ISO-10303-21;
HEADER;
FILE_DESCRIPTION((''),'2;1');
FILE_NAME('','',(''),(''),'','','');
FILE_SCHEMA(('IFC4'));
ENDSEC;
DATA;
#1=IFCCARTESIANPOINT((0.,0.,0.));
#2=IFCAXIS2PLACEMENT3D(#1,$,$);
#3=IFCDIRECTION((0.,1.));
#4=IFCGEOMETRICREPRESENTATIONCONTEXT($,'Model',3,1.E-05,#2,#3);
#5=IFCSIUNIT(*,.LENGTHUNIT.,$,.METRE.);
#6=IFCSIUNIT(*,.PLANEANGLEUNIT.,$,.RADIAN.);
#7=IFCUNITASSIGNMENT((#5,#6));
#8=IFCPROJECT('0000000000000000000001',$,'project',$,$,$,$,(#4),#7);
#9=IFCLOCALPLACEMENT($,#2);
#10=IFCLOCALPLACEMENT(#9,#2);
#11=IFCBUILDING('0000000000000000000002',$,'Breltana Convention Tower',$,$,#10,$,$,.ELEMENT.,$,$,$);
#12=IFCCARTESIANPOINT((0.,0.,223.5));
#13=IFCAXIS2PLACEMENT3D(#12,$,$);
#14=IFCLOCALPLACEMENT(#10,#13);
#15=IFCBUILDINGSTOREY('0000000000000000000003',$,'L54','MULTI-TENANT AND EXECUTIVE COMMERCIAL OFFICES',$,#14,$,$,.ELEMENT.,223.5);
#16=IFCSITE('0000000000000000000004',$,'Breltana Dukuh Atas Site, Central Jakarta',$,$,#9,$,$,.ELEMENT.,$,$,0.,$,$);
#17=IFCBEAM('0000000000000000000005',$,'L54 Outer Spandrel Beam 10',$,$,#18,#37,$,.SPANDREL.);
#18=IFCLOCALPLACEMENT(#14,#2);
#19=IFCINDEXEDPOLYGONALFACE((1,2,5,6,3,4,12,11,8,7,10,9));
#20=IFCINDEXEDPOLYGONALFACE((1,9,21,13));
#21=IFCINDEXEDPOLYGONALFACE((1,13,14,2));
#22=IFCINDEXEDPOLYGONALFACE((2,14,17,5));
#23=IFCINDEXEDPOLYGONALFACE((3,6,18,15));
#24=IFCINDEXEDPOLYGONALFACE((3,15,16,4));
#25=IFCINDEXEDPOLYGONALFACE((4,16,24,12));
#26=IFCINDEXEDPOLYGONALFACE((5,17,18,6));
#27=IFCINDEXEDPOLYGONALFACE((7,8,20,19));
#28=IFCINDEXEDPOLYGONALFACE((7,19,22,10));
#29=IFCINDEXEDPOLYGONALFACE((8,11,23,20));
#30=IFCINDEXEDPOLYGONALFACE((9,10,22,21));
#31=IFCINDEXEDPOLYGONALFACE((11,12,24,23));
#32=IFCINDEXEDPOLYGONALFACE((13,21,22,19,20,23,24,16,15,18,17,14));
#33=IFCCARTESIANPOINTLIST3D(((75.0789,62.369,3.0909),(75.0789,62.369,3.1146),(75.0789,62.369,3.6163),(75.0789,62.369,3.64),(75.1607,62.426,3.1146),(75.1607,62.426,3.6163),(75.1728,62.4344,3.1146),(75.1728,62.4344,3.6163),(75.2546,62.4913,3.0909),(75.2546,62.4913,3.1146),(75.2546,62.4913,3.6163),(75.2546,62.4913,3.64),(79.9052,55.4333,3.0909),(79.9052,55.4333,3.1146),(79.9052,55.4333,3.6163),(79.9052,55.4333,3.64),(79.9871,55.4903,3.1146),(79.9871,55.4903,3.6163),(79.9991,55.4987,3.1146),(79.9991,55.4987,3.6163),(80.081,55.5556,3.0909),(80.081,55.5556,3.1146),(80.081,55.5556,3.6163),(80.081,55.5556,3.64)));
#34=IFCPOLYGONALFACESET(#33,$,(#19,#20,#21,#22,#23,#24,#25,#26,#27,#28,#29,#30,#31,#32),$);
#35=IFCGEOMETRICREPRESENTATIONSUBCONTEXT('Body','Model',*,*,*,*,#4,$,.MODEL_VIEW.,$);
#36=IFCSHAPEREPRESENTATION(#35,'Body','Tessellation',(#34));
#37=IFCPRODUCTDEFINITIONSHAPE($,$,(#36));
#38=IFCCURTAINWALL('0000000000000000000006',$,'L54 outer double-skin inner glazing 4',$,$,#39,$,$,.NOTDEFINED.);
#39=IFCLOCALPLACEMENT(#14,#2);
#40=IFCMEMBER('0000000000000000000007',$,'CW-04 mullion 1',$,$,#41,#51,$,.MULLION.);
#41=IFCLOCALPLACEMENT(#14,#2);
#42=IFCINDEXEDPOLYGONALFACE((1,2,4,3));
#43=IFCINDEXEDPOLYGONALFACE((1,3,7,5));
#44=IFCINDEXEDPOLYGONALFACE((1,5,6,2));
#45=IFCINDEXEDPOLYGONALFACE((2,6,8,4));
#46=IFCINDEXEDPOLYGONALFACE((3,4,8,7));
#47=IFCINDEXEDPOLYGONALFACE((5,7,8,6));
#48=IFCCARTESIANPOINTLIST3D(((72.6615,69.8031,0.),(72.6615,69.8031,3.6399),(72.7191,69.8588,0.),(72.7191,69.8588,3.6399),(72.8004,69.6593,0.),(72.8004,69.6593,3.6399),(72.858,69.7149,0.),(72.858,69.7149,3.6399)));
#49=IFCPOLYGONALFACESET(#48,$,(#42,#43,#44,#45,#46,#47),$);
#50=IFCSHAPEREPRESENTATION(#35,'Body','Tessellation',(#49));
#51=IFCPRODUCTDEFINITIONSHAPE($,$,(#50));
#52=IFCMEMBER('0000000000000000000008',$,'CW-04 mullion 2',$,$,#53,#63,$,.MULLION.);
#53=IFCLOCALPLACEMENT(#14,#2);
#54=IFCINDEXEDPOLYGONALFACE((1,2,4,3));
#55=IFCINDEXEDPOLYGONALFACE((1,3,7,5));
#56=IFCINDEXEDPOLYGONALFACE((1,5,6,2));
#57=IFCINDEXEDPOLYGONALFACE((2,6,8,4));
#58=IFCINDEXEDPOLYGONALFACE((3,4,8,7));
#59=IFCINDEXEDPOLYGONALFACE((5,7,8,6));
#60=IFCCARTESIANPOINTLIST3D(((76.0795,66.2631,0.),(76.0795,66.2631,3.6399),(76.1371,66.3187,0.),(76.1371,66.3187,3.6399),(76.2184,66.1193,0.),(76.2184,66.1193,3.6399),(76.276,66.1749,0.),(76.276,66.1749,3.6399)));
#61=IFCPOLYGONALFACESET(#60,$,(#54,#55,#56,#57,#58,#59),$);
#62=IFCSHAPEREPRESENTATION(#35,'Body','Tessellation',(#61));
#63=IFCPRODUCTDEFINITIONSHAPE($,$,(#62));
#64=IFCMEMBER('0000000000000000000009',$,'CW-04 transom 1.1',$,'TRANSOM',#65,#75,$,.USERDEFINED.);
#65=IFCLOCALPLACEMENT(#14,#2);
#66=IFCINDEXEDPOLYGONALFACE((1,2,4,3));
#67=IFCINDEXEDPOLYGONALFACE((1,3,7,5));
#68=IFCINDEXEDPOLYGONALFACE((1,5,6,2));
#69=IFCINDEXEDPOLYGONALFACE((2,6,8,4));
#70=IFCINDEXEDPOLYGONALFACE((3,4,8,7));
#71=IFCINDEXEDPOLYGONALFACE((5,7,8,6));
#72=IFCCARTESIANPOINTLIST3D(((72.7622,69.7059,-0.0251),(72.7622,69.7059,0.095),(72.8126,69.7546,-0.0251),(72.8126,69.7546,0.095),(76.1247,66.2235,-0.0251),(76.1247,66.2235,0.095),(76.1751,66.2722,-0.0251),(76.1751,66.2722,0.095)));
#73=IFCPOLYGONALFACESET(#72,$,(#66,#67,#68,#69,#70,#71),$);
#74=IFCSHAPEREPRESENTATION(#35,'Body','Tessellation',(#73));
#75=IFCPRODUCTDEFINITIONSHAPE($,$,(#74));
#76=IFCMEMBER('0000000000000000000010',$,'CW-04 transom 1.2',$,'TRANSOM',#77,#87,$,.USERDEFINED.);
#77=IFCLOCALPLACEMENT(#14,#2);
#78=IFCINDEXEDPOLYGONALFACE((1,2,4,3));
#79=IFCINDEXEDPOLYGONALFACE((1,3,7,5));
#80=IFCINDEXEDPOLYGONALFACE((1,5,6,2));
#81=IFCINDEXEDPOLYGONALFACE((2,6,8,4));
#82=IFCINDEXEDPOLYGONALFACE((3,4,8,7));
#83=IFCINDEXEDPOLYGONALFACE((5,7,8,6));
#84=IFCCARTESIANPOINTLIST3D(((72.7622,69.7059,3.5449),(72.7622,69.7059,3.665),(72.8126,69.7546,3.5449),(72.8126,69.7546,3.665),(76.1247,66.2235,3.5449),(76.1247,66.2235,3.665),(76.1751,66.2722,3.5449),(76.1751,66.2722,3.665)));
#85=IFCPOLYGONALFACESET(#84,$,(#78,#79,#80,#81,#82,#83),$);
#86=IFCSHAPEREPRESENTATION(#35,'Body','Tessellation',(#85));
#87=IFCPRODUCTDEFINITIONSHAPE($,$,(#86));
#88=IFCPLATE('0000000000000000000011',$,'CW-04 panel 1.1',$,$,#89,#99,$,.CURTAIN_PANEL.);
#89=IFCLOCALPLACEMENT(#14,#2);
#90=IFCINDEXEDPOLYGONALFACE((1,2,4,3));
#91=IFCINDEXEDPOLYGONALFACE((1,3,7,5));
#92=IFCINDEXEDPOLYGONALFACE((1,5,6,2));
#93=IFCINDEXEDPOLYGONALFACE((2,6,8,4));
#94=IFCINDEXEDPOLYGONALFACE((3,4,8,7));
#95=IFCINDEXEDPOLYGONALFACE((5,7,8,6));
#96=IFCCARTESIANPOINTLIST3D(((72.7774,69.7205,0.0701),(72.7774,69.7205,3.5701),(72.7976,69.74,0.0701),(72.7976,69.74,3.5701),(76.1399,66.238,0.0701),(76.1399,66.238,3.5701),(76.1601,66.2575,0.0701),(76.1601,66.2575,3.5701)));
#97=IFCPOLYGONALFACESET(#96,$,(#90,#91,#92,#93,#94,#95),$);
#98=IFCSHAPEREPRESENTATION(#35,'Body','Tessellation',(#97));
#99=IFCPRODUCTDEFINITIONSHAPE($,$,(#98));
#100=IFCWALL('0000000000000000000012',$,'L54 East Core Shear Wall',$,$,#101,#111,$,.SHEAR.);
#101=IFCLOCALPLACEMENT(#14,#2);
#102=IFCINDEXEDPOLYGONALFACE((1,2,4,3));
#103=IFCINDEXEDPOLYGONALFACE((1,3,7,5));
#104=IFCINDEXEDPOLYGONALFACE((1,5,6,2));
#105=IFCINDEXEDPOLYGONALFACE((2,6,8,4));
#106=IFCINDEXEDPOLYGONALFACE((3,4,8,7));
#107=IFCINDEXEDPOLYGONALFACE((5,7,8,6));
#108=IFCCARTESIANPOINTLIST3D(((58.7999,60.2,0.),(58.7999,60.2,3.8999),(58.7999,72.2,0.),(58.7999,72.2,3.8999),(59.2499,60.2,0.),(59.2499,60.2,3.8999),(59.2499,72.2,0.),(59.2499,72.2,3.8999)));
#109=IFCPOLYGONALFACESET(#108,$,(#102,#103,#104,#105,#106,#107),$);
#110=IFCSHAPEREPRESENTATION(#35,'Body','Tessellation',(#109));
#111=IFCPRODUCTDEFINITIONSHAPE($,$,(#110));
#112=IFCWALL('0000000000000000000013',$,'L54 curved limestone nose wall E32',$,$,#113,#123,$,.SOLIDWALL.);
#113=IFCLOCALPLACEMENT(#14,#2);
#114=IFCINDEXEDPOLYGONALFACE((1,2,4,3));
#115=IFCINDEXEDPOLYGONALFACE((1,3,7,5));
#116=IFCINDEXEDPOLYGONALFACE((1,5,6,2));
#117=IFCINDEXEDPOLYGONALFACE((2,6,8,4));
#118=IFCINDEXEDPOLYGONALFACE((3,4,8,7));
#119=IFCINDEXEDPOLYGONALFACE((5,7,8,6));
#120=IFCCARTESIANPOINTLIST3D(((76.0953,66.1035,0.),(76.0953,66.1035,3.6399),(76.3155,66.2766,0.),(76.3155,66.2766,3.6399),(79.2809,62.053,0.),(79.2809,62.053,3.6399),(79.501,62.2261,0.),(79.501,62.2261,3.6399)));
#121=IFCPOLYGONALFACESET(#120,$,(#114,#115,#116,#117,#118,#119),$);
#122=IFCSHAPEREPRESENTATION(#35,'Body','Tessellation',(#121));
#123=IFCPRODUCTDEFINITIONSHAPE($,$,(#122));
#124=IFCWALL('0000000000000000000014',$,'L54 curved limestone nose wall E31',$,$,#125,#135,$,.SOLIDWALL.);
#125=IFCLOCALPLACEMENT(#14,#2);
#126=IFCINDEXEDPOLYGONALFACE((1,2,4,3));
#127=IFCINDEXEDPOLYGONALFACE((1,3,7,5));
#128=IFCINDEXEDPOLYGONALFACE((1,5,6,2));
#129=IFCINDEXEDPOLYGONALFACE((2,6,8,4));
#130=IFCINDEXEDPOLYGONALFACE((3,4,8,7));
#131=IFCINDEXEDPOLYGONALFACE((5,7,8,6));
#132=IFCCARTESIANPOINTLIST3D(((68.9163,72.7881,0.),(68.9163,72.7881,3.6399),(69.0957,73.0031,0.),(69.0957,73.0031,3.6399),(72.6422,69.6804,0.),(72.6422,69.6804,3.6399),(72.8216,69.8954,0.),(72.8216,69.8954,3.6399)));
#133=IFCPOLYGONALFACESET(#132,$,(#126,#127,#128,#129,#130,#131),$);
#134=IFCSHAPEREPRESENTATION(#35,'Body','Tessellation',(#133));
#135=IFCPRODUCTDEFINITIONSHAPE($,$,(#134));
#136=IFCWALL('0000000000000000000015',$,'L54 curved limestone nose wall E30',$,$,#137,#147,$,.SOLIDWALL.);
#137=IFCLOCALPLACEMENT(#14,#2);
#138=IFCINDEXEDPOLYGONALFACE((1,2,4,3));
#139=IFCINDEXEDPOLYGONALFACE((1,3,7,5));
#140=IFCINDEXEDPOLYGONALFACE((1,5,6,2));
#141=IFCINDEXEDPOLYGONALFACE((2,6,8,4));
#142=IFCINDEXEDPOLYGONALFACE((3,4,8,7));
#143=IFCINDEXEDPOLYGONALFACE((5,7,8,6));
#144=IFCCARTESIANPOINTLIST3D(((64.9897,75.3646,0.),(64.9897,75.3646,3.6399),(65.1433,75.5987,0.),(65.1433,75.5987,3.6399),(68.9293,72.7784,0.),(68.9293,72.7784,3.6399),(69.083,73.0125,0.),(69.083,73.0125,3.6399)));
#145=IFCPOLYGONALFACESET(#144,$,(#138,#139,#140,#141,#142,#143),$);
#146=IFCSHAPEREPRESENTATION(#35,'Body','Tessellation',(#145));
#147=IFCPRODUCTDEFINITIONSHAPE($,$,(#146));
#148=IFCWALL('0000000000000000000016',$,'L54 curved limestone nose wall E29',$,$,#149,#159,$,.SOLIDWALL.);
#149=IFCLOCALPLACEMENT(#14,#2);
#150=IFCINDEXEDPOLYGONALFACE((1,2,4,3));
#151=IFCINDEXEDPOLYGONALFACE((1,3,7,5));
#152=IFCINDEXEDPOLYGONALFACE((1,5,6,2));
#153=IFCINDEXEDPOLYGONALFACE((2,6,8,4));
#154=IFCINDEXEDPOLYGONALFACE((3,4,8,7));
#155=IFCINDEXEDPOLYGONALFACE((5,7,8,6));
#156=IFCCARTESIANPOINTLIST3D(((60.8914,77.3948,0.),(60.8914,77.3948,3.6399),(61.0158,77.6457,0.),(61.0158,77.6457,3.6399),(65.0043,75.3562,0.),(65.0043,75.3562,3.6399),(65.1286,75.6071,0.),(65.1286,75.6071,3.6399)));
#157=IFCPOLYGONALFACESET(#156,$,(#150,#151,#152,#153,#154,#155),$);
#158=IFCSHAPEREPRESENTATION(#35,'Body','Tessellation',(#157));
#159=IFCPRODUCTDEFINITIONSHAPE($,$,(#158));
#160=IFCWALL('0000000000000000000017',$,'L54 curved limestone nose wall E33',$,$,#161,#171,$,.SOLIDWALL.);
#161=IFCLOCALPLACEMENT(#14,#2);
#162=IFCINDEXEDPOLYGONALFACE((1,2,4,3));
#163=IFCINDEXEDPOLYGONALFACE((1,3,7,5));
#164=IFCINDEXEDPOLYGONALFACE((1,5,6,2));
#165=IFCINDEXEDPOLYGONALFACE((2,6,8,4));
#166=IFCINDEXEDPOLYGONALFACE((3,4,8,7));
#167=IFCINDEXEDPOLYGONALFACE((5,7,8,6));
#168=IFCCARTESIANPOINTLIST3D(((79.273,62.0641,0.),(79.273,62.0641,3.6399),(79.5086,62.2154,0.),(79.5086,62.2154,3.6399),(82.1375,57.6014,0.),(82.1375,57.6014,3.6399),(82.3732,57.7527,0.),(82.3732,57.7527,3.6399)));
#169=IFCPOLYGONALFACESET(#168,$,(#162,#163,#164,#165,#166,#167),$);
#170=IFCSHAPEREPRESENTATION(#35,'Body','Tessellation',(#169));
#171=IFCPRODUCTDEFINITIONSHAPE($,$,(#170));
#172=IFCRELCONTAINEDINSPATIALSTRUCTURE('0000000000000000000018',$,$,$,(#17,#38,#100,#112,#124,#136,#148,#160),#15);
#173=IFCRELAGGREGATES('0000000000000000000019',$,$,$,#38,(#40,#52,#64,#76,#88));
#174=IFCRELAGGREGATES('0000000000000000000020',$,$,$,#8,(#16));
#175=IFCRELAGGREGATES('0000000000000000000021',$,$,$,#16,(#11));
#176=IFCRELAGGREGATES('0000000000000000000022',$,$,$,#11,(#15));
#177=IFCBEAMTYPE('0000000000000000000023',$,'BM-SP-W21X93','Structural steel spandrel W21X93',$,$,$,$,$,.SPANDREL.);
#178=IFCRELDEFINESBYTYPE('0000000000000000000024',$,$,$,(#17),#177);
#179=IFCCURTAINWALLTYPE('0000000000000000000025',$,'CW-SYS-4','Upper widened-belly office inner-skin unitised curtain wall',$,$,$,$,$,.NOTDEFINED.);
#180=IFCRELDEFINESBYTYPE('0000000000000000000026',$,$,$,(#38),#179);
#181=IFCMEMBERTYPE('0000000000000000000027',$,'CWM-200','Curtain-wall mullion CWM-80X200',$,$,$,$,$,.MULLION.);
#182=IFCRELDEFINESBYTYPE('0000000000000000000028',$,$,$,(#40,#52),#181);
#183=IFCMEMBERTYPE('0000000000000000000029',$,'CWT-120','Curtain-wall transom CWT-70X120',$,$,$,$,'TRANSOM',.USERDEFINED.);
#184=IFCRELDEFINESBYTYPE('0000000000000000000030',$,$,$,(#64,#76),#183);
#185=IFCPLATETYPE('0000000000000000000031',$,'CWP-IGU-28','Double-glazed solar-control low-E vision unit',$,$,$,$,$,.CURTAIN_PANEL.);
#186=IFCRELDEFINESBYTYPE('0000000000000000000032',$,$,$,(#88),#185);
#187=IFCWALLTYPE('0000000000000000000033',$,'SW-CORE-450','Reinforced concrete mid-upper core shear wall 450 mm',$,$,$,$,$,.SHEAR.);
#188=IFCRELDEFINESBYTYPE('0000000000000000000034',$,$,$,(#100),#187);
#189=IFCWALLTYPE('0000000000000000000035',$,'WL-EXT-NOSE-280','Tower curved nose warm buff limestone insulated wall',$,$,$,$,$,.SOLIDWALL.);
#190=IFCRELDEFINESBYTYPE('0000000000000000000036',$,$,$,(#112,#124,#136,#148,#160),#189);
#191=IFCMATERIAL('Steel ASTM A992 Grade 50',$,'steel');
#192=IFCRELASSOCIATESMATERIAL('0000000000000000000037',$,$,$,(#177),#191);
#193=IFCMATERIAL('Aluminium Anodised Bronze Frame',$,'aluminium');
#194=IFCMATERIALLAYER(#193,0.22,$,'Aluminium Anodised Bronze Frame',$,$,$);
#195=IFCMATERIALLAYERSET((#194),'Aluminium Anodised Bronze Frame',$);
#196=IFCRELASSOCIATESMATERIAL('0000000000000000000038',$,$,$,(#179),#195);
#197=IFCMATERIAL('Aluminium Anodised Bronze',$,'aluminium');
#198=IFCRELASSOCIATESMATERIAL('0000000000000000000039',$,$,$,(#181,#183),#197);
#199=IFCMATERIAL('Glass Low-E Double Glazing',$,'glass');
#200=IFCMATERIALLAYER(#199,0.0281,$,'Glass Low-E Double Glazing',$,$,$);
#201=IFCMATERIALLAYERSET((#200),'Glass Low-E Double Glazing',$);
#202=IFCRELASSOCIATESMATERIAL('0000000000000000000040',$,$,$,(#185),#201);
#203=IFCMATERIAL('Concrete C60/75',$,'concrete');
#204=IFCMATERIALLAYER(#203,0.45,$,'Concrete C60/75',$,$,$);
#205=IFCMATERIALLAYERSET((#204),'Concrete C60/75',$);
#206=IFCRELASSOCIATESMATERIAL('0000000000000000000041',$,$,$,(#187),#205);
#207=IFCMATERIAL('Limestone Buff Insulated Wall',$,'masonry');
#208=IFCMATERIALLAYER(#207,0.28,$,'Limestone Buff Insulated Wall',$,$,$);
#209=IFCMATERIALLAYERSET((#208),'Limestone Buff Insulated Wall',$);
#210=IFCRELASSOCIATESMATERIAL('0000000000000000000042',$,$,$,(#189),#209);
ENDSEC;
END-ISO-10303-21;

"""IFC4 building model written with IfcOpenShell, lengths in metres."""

from ifc_helpers import new_model, si_unit, direction, frame, frame_2d, origin, origin_2d, place, context, subcontext, project, spatial, rectangle, i_section, extrude, source, transform, mapped, material, layer, layer_set, material_profile, profile_set, type_object, element, aggregate, save


model = new_model("IFC4")

# Units and contexts
model_context = context("Model", 3, precision=1e-05, world=origin(), true_north=direction((0.0, 1.0)))
body_context = subcontext(model_context, "Body", "Model", "MODEL_VIEW")
ifc_project = project(units=[si_unit("LENGTHUNIT", "METRE"), si_unit("PLANEANGLEUNIT", "RADIAN")], contexts=[model_context])

# Site, building, storey
site_placement = place(None, origin())
site = spatial("IfcSite", under=ifc_project, at=site_placement, Name="Breltana Dukuh Atas Site, Central Jakarta", CompositionType="ELEMENT", RefElevation=0.0)
building_placement = place(site_placement, origin())
building = spatial("IfcBuilding", under=site, at=building_placement, Name="Breltana Convention Tower", CompositionType="ELEMENT")
storey_placement = place(building_placement, frame((0.0, 0.0, 223.5)))
storey = spatial("IfcBuildingStorey", under=building, at=storey_placement, Name="L54", Description="MULTI-TENANT AND EXECUTIVE COMMERCIAL OFFICES", CompositionType="ELEMENT", Elevation=223.5)

# Beam
ifc_material_1 = material(Name="Steel ASTM A992 Grade 50", Category="steel")
ifc_material_profile_1 = material_profile(ifc_material_1, i_section(OverallWidth=0.2141, OverallDepth=0.5491, WebThickness=0.0146, FlangeThickness=0.0237, at=origin_2d()), Name="W21X93")
ifc_profile_set_1 = profile_set([ifc_material_profile_1], Name="Steel ASTM A992 Grade 50")
beam_type_1 = type_object("IfcBeamType", Name="BM-SP-W21X93", Description="Structural steel spandrel W21X93", PredefinedType="SPANDREL", material=ifc_profile_set_1)
shared_shape_1 = source(origin(), body_context, "Body", "SweptSolid", [
    extrude(i_section(OverallWidth=0.2141, OverallDepth=0.5491, WebThickness=0.0146, FlangeThickness=0.0237, at=origin_2d()), origin(), (0.0, 0.0, 1.0), 8.4497),
])
beam_1_placement = place(storey_placement, frame((75.1667, 62.4302, 3.3655), z_axis=(0.571186, -0.820821, 0.0), x_axis=(0.820821, 0.571186, 0.0)))
element("IfcBeam", 1, at=beam_1_placement, inside=storey, type_object=beam_type_1, Name="L54 Outer Spandrel Beam 10", PredefinedType="SPANDREL", context=body_context, shape_type="MappedRepresentation", body=[
    mapped(shared_shape_1, transform((0.0, 0.0, 0.0), scale=1.0)),
])

# Curtain wall, members, plate
ifc_material_2 = material(Name="Aluminium Anodised Bronze Frame", Category="aluminium")
ifc_layer_1 = layer(ifc_material_2, 0.22, Name="Aluminium Anodised Bronze Frame")
ifc_layer_set_1 = layer_set([ifc_layer_1], Name="Aluminium Anodised Bronze Frame")
curtain_wall_type = type_object("IfcCurtainWallType", Name="CW-SYS-4", Description="Upper widened-belly office inner-skin unitised curtain wall", PredefinedType="NOTDEFINED", material=ifc_layer_set_1)
curtain_wall_placement = place(storey_placement, origin())
curtain_wall = element("IfcCurtainWall", 2, at=curtain_wall_placement, inside=storey, type_object=curtain_wall_type, Name="L54 outer double-skin inner glazing 4", PredefinedType="NOTDEFINED")
ifc_material_3 = material(Name="Aluminium Anodised Bronze", Category="aluminium")
ifc_material_profile_2 = material_profile(ifc_material_3, rectangle(XDim=0.0801, YDim=0.2, at=origin_2d()), Name="CWM-80X200")
ifc_profile_set_2 = profile_set([ifc_material_profile_2], Name="Aluminium Anodised Bronze")
member_type_1 = type_object("IfcMemberType", Name="CWM-200", Description="Curtain-wall mullion CWM-80X200", PredefinedType="MULLION", material=ifc_profile_set_2)
shared_shape_2 = source(origin(), body_context, "Body", "SweptSolid", [
    extrude(rectangle(XDim=0.0801, YDim=0.2, at=origin_2d()), origin(), (0.0, 0.0, 1.0), 3.6399),
])
member_1_placement = place(storey_placement, frame((72.7598, 69.759, 0.0), z_axis=(0.0, 0.0, 1.0), x_axis=(0.719396, 0.6946, 0.0)))
member_1 = element("IfcMember", 3, at=member_1_placement, type_object=member_type_1, Name="CW-04 mullion 1", PredefinedType="MULLION", context=body_context, shape_type="MappedRepresentation", body=[
    mapped(shared_shape_2, transform((0.0, 0.0, 0.0), scale=1.0)),
])
member_2_placement = place(storey_placement, frame((76.1777, 66.219, 0.0), z_axis=(0.0, 0.0, 1.0), x_axis=(0.719396, 0.6946, 0.0)))
member_2 = element("IfcMember", 4, at=member_2_placement, type_object=member_type_1, Name="CW-04 mullion 2", PredefinedType="MULLION", context=body_context, shape_type="MappedRepresentation", body=[
    mapped(shared_shape_2, transform((0.0, 0.0, 0.0), scale=1.0)),
])
ifc_material_profile_3 = material_profile(ifc_material_3, rectangle(XDim=0.0701, YDim=0.1201, at=origin_2d()), Name="CWT-70X120")
ifc_profile_set_3 = profile_set([ifc_material_profile_3], Name="Aluminium Anodised Bronze")
member_type_2 = type_object("IfcMemberType", Name="CWT-120", Description="Curtain-wall transom CWT-70X120", ElementType="TRANSOM", PredefinedType="USERDEFINED", material=ifc_profile_set_3)
shared_shape_3 = source(origin(), body_context, "Body", "SweptSolid", [
    extrude(rectangle(XDim=0.0701, YDim=0.1201, at=origin_2d()), origin(), (0.0, 0.0, 1.0), 4.8408),
])
member_3_placement = place(storey_placement, frame((72.7874, 69.7302, 0.0349), z_axis=(0.694617, -0.71938, 0.0), x_axis=(0.71938, 0.694617, 0.0)))
member_3 = element("IfcMember", 5, at=member_3_placement, type_object=member_type_2, Name="CW-04 transom 1.1", ObjectType="TRANSOM", PredefinedType="USERDEFINED", context=body_context, shape_type="MappedRepresentation", body=[
    mapped(shared_shape_3, transform((0.0, 0.0, 0.0), scale=1.0)),
])
member_4_placement = place(storey_placement, frame((72.7874, 69.7302, 3.605), z_axis=(0.694617, -0.71938, 0.0), x_axis=(0.71938, 0.694617, 0.0)))
member_4 = element("IfcMember", 6, at=member_4_placement, type_object=member_type_2, Name="CW-04 transom 1.2", ObjectType="TRANSOM", PredefinedType="USERDEFINED", context=body_context, shape_type="MappedRepresentation", body=[
    mapped(shared_shape_3, transform((0.0, 0.0, 0.0), scale=1.0)),
])
ifc_material_4 = material(Name="Glass Low-E Double Glazing", Category="glass")
ifc_layer_2 = layer(ifc_material_4, 0.0281, Name="Glass Low-E Double Glazing")
ifc_layer_set_2 = layer_set([ifc_layer_2], Name="Glass Low-E Double Glazing")
plate_type = type_object("IfcPlateType", Name="CWP-IGU-28", Description="Double-glazed solar-control low-E vision unit", PredefinedType="CURTAIN_PANEL", material=ifc_layer_set_2)
shared_shape_4 = source(origin(), body_context, "Body", "SweptSolid", [
    extrude(rectangle(XDim=4.8408, YDim=0.0281, at=origin_2d()), origin(), (0.0, 0.0, 1.0), 3.5),
])
plate_placement = place(storey_placement, frame((74.4688, 67.989, 0.0701), z_axis=(0.0, 0.0, 1.0), x_axis=(0.6946, -0.719396, 0.0)))
plate = element("IfcPlate", 7, at=plate_placement, type_object=plate_type, Name="CW-04 panel 1.1", PredefinedType="CURTAIN_PANEL", context=body_context, shape_type="MappedRepresentation", body=[
    mapped(shared_shape_4, transform((0.0, 0.0, 0.0), scale=1.0)),
])
aggregate(curtain_wall, [member_1, member_2, member_3, member_4, plate])

# Walls
ifc_material_5 = material(Name="Concrete C60/75", Category="concrete")
ifc_layer_3 = layer(ifc_material_5, 0.45, Name="Concrete C60/75")
ifc_layer_set_3 = layer_set([ifc_layer_3], Name="Concrete C60/75")
wall_type_1 = type_object("IfcWallType", Name="SW-CORE-450", Description="Reinforced concrete mid-upper core shear wall 450 mm", PredefinedType="SHEAR", material=ifc_layer_set_3)
shared_shape_5 = source(origin(), body_context, "Body", "SweptSolid", [
    extrude(rectangle(XDim=12.0, YDim=0.45, at=frame_2d((6.0, 0.0))), origin(), (0.0, 0.0, 1.0), 3.8999),
])
wall_1_placement = place(storey_placement, frame((59.0249, 60.2, 0.0), z_axis=(0.0, 0.0, 1.0), x_axis=(0.0, 1.0, 0.0)))
element("IfcWall", 8, at=wall_1_placement, inside=storey, type_object=wall_type_1, Name="L54 East Core Shear Wall", PredefinedType="SHEAR", context=body_context, shape_type="MappedRepresentation", body=[
    mapped(shared_shape_5, transform((0.0, 0.0, 0.0), scale=1.0)),
])
ifc_material_6 = material(Name="Limestone Buff Insulated Wall", Category="masonry")
ifc_layer_4 = layer(ifc_material_6, 0.28, Name="Limestone Buff Insulated Wall")
ifc_layer_set_4 = layer_set([ifc_layer_4], Name="Limestone Buff Insulated Wall")
wall_type_2 = type_object("IfcWallType", Name="WL-EXT-NOSE-280", Description="Tower curved nose warm buff limestone insulated wall", PredefinedType="SOLIDWALL", material=ifc_layer_set_4)
shared_shape_6 = source(origin(), body_context, "Body", "SweptSolid", [
    extrude(rectangle(XDim=5.1531, YDim=0.28, at=frame_2d((2.5767, 0.0))), origin(), (0.0, 0.0, 1.0), 3.6399),
])
wall_2_placement = place(storey_placement, frame((76.2053, 66.1902, 0.0), z_axis=(0.0, 0.0, 1.0), x_axis=(0.618179, -0.786037, 0.0)))
element("IfcWall", 9, at=wall_2_placement, inside=storey, type_object=wall_type_2, Name="L54 curved limestone nose wall E32", PredefinedType="SOLIDWALL", context=body_context, shape_type="MappedRepresentation", body=[
    mapped(shared_shape_6, transform((0.0, 0.0, 0.0), scale=1.0)),
])
shared_shape_7 = source(origin(), body_context, "Body", "SweptSolid", [
    extrude(rectangle(XDim=4.8518, YDim=0.28, at=frame_2d((2.4258, 0.0))), origin(), (0.0, 0.0, 1.0), 3.6399),
])
wall_3_placement = place(storey_placement, frame((69.0061, 72.8955, 0.0), z_axis=(0.0, 0.0, 1.0), x_axis=(0.767937, -0.640526, 0.0)))
element("IfcWall", 10, at=wall_3_placement, inside=storey, type_object=wall_type_2, Name="L54 curved limestone nose wall E31", PredefinedType="SOLIDWALL", context=body_context, shape_type="MappedRepresentation", body=[
    mapped(shared_shape_7, transform((0.0, 0.0, 0.0), scale=1.0)),
])
shared_shape_8 = source(origin(), body_context, "Body", "SweptSolid", [
    extrude(rectangle(XDim=4.7126, YDim=0.28, at=frame_2d((2.3564, 0.0))), origin(), (0.0, 0.0, 1.0), 3.6399),
])
wall_4_placement = place(storey_placement, frame((65.0664, 75.4817, 0.0), z_axis=(0.0, 0.0, 1.0), x_axis=(0.835974, -0.548768, 0.0)))
element("IfcWall", 11, at=wall_4_placement, inside=storey, type_object=wall_type_2, Name="L54 curved limestone nose wall E30", PredefinedType="SOLIDWALL", context=body_context, shape_type="MappedRepresentation", body=[
    mapped(shared_shape_8, transform((0.0, 0.0, 0.0), scale=1.0)),
])
shared_shape_9 = source(origin(), body_context, "Body", "SweptSolid", [
    extrude(rectangle(XDim=4.5903, YDim=0.28, at=frame_2d((2.2952, 0.0))), origin(), (0.0, 0.0, 1.0), 3.6399),
])
wall_5_placement = place(storey_placement, frame((60.9536, 77.5203, 0.0), z_axis=(0.0, 0.0, 1.0), x_axis=(0.895975, -0.444105, 0.0)))
element("IfcWall", 12, at=wall_5_placement, inside=storey, type_object=wall_type_2, Name="L54 curved limestone nose wall E29", PredefinedType="SOLIDWALL", context=body_context, shape_type="MappedRepresentation", body=[
    mapped(shared_shape_9, transform((0.0, 0.0, 0.0), scale=1.0)),
])
shared_shape_10 = source(origin(), body_context, "Body", "SweptSolid", [
    extrude(rectangle(XDim=5.303, YDim=0.28, at=frame_2d((2.6514, 0.0))), origin(), (0.0, 0.0, 1.0), 3.6399),
])
wall_6_placement = place(storey_placement, frame((79.3909, 62.1396, 0.0), z_axis=(0.0, 0.0, 1.0), x_axis=(0.540178, -0.841551, 0.0)))
element("IfcWall", 13, at=wall_6_placement, inside=storey, type_object=wall_type_2, Name="L54 curved limestone nose wall E33", PredefinedType="SOLIDWALL", context=body_context, shape_type="MappedRepresentation", body=[
    mapped(shared_shape_10, transform((0.0, 0.0, 0.0), scale=1.0)),
])

save(model, "model.ifc")
